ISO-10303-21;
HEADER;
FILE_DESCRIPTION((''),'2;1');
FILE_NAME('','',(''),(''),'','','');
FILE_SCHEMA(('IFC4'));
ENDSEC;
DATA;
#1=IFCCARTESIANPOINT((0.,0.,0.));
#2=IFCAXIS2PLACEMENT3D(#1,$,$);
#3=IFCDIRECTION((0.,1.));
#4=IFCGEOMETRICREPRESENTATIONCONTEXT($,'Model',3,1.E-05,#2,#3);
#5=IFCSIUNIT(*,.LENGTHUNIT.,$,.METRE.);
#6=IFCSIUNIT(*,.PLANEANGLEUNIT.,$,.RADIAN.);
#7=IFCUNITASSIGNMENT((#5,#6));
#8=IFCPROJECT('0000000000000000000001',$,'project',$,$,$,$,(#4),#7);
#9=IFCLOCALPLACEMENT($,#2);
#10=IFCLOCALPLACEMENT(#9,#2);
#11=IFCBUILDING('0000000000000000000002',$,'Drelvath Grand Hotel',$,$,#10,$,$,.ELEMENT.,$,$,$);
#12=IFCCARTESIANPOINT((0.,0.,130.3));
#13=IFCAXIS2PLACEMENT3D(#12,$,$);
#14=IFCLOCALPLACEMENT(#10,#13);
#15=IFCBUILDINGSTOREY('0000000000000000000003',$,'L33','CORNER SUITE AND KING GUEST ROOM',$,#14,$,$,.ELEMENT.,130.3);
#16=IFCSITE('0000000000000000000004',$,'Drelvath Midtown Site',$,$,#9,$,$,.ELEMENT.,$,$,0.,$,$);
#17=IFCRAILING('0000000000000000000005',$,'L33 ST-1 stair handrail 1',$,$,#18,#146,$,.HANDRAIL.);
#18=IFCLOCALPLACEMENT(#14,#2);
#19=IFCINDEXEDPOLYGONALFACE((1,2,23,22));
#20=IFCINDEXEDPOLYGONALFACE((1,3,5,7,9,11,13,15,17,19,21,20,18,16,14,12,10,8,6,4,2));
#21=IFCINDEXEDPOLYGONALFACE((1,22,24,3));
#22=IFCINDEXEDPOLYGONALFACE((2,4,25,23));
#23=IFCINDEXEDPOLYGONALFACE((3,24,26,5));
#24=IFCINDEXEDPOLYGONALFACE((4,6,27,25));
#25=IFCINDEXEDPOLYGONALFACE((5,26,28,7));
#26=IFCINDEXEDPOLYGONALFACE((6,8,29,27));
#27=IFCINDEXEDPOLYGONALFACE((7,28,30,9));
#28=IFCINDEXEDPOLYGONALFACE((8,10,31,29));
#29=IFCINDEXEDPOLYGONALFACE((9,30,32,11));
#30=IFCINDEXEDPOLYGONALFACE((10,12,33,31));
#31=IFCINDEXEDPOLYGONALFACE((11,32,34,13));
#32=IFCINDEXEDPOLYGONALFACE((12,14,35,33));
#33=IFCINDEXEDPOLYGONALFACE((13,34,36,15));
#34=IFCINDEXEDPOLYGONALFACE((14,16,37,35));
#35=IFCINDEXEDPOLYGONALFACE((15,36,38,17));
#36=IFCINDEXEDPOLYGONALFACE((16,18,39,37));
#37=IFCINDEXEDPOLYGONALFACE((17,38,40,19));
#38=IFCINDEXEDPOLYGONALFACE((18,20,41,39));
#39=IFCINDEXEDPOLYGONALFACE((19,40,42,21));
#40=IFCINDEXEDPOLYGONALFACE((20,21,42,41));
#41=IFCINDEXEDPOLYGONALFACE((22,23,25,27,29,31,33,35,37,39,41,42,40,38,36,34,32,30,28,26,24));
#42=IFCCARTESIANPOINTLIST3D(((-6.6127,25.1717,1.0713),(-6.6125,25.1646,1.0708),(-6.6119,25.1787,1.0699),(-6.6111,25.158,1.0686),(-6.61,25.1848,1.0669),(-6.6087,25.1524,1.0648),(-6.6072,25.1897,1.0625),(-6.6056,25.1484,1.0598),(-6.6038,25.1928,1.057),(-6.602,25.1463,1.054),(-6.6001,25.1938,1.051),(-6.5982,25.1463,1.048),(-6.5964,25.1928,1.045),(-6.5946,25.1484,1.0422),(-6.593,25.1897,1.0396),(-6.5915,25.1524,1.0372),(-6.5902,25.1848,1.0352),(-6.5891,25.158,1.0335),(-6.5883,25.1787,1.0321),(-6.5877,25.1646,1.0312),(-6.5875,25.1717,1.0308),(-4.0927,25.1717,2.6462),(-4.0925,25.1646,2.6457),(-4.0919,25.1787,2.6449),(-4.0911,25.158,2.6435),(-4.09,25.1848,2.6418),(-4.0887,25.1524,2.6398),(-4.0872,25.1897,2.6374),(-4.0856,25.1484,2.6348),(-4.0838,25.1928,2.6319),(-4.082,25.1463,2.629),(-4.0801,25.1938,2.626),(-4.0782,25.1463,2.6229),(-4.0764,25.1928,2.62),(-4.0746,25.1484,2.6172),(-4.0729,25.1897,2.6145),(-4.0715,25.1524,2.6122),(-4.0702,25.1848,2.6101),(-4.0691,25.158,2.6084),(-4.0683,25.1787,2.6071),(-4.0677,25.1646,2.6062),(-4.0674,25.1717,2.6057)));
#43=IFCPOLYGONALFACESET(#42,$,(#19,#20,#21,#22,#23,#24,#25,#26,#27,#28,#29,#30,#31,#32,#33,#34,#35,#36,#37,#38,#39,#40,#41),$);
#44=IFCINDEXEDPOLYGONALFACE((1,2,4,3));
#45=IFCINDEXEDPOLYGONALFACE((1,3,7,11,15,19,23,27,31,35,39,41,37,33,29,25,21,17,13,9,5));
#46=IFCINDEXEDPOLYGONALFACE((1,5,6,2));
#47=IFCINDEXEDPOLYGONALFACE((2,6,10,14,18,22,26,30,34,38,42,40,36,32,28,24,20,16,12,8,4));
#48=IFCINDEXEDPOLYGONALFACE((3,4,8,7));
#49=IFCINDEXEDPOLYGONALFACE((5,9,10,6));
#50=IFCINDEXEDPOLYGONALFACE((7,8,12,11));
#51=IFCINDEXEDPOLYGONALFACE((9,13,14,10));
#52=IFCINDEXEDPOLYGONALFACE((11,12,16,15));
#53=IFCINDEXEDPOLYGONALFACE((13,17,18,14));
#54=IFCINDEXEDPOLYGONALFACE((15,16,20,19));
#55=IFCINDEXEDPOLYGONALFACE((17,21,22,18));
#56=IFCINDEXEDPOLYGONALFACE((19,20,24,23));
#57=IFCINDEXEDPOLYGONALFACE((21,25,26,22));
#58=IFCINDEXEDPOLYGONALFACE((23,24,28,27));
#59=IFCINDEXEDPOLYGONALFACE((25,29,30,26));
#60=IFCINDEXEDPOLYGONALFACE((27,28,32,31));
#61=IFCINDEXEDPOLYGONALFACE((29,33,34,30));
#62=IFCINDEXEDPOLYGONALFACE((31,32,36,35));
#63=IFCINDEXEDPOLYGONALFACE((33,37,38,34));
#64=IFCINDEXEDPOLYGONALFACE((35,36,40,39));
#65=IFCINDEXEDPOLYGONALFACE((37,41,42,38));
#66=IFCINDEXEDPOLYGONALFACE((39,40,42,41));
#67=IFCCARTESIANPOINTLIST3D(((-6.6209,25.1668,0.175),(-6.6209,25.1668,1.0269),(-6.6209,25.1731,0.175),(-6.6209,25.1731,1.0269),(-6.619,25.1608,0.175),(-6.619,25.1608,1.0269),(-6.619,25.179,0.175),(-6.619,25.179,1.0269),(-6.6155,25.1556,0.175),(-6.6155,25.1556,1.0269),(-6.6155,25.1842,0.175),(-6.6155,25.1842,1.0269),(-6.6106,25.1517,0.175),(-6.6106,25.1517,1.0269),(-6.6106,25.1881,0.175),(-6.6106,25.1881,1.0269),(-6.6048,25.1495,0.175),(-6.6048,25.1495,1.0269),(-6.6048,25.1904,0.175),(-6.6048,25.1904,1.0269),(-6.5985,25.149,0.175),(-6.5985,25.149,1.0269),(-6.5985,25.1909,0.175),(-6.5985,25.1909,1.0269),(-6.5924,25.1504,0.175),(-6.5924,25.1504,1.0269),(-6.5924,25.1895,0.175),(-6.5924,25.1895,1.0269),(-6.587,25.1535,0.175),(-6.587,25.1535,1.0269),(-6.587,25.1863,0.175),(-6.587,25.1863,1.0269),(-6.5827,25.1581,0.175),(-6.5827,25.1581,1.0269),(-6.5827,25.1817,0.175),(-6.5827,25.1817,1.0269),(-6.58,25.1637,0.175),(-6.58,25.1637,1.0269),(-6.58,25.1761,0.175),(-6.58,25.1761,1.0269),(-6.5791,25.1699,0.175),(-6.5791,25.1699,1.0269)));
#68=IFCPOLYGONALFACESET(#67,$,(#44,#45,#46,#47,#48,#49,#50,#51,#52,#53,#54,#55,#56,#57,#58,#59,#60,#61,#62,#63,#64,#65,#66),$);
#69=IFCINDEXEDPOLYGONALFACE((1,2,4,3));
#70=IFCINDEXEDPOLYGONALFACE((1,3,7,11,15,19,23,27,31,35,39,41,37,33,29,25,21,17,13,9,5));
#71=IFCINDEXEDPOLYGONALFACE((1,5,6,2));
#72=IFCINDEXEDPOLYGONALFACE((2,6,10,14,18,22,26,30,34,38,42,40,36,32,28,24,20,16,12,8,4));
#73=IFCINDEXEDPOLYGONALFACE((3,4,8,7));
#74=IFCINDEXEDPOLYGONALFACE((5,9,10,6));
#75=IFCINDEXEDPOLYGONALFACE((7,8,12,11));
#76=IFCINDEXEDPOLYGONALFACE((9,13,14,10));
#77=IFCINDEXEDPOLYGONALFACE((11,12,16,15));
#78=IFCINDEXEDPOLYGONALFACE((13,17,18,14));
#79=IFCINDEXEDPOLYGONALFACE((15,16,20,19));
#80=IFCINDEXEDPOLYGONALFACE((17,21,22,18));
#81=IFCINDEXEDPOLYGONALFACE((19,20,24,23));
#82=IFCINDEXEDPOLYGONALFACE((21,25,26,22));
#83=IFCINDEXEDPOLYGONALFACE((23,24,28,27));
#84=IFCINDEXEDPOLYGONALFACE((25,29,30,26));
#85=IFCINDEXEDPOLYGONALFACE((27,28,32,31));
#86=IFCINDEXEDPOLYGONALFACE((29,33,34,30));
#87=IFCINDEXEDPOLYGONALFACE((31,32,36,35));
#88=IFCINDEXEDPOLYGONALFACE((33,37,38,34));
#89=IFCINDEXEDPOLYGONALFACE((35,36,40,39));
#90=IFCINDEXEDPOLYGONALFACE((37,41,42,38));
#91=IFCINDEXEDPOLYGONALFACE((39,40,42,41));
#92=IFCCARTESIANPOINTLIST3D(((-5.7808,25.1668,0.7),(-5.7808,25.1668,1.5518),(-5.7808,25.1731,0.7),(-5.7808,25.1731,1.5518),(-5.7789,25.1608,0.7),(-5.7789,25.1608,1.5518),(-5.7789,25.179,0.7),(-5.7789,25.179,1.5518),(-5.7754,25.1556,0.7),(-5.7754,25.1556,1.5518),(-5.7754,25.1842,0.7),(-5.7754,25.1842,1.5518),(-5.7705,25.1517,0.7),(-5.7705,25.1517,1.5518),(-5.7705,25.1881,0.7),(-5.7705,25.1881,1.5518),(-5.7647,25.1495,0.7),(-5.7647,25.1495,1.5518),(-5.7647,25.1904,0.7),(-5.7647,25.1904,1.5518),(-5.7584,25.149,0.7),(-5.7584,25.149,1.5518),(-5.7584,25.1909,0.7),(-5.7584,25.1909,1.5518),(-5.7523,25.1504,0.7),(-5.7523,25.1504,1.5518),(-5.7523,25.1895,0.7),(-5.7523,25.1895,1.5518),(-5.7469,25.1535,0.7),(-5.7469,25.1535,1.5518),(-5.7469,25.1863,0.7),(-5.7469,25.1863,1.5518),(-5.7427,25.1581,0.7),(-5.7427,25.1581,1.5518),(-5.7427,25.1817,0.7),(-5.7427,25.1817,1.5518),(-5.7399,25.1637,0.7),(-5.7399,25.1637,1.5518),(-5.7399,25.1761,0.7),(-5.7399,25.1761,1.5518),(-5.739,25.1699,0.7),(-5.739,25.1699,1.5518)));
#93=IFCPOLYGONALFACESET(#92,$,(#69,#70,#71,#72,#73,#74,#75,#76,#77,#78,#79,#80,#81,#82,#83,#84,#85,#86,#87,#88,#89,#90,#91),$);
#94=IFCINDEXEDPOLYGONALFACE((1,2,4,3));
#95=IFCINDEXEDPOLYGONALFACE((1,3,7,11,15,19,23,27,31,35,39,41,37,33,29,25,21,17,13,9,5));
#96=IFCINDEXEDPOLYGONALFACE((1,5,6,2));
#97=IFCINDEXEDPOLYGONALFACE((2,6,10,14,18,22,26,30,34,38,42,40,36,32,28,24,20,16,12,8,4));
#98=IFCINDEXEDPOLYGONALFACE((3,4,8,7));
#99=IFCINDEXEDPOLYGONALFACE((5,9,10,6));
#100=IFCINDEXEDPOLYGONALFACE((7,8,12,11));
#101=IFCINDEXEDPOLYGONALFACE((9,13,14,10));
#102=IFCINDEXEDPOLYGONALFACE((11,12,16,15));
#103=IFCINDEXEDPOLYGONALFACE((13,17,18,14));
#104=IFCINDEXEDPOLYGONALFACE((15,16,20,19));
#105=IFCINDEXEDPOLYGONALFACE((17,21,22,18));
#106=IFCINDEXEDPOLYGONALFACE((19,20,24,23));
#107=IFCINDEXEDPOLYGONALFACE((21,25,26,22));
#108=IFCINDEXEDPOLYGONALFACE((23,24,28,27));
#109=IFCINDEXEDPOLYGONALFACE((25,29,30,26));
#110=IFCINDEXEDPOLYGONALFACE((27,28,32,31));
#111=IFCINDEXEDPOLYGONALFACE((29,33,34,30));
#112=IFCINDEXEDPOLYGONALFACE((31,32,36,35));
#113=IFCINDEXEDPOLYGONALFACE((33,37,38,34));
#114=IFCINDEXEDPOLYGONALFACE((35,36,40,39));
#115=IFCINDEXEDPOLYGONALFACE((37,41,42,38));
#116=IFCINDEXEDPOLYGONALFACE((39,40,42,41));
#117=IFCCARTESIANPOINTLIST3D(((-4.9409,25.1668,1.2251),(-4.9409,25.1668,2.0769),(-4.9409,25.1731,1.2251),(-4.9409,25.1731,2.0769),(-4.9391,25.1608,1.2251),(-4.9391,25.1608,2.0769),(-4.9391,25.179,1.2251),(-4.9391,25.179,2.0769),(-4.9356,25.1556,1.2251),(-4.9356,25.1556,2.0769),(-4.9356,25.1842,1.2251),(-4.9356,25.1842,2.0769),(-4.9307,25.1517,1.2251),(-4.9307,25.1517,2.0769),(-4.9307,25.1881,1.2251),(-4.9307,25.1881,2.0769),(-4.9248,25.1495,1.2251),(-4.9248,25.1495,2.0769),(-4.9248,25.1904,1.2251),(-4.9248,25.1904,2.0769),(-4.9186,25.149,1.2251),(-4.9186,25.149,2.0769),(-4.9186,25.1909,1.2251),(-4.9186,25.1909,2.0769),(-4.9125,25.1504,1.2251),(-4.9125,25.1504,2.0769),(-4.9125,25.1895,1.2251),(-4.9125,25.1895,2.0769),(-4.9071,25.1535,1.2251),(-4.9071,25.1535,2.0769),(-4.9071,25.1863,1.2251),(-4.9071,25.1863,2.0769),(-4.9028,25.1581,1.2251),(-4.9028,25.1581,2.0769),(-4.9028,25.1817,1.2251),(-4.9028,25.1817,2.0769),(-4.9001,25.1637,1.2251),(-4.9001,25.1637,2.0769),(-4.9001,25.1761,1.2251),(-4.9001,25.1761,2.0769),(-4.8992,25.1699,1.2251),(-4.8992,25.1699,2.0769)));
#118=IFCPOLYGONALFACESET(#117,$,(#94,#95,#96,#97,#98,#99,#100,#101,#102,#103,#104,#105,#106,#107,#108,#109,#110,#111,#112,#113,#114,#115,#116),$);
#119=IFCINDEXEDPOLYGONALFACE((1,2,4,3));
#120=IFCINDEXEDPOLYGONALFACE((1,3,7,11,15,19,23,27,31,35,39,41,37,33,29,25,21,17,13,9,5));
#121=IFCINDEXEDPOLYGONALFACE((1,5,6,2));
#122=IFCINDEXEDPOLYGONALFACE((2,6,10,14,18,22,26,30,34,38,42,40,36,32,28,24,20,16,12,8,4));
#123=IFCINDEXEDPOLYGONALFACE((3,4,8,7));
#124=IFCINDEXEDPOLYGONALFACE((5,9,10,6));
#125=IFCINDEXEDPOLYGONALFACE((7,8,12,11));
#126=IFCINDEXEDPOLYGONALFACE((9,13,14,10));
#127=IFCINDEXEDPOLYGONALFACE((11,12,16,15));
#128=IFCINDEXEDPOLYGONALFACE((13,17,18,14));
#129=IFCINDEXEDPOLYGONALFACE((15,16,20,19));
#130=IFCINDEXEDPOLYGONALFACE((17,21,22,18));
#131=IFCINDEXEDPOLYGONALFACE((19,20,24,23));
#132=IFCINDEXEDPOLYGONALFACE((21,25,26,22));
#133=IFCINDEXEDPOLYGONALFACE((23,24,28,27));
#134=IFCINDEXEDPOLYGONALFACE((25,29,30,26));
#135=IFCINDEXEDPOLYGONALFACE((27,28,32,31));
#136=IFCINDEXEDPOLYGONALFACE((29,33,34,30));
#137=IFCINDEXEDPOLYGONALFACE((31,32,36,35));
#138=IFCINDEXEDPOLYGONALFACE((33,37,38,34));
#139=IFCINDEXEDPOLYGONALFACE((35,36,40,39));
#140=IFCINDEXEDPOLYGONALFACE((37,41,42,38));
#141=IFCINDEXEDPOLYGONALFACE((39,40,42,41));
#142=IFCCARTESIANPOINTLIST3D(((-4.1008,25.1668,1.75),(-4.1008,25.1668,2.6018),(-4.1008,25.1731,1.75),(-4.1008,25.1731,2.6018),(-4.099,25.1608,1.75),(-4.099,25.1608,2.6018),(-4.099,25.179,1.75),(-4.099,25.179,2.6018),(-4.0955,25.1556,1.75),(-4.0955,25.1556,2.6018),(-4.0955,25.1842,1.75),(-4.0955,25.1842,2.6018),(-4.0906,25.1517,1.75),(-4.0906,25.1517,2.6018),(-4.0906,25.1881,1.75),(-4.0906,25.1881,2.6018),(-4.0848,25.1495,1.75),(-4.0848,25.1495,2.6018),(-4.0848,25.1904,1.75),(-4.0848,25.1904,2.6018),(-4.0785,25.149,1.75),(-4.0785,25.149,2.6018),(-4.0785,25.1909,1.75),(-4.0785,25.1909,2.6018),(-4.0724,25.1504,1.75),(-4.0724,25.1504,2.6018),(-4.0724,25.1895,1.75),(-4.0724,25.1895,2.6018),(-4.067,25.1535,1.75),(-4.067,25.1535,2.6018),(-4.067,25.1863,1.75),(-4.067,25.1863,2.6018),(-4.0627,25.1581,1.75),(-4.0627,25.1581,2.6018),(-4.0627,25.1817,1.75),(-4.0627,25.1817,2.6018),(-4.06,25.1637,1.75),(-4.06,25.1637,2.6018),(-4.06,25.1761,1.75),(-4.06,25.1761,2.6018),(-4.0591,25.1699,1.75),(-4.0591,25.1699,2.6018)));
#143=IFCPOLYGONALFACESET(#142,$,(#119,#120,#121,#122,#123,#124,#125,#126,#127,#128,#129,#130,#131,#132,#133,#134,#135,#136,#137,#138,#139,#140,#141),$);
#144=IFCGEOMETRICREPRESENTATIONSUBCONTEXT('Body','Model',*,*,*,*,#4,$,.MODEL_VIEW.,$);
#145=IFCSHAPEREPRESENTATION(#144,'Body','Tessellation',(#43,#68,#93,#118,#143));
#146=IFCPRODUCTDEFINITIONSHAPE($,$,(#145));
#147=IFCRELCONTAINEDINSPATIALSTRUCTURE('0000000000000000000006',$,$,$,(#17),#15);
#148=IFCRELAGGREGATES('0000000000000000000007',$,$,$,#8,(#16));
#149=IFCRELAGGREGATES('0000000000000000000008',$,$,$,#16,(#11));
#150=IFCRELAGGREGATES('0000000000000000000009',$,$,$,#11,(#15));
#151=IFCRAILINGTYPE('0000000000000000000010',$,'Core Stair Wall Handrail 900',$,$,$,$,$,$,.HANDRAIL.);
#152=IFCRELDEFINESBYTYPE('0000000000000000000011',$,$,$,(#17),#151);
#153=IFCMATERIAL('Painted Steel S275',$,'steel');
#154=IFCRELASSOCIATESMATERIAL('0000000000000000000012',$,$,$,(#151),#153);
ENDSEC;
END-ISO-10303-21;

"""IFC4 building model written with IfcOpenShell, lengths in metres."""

from ifc_helpers import new_model, si_unit, direction, frame, origin, origin_2d, place, context, subcontext, project, spatial, circle, extrude, material, type_object, element, save


model = new_model("IFC4")

# Units and contexts
model_context = context("Model", 3, precision=1e-05, world=origin(), true_north=direction((0.0, 1.0)))
body_context = subcontext(model_context, "Body", "Model", "MODEL_VIEW")
ifc_project = project(units=[si_unit("LENGTHUNIT", "METRE"), si_unit("PLANEANGLEUNIT", "RADIAN")], contexts=[model_context])

# Site, building, storey
site_placement = place(None, origin())
site = spatial("IfcSite", under=ifc_project, at=site_placement, Name="Drelvath Midtown Site", CompositionType="ELEMENT", RefElevation=0.0)
building_placement = place(site_placement, origin())
building = spatial("IfcBuilding", under=site, at=building_placement, Name="Drelvath Grand Hotel", CompositionType="ELEMENT")
storey_placement = place(building_placement, frame((0.0, 0.0, 130.3)))
storey = spatial("IfcBuildingStorey", under=building, at=storey_placement, Name="L33", Description="CORNER SUITE AND KING GUEST ROOM", CompositionType="ELEMENT", Elevation=130.3)

# Shared definitions
ifc_material_1 = material(Name="Painted Steel S275", Category="steel")

# Railing
railing_type_1 = type_object("IfcRailingType", Name="Core Stair Wall Handrail 900", PredefinedType="HANDRAIL", material=ifc_material_1)
railing_1_placement = place(storey_placement, frame((-6.6001, 25.1699, 0.175)))
element("IfcRailing", 1, at=railing_1_placement, inside=storey, type_object=railing_type_1, Name="L33 ST-1 stair handrail 1", PredefinedType="HANDRAIL", context=body_context, shape_type="SweptSolid", body=[
    extrude(circle(Radius=0.0239, at=origin_2d()), frame((0.0, 0.0, 0.876), z_axis=(0.848008, 0.0, 0.529984), x_axis=(0.0, 1.0, 0.0)), (0.0, 0.0, 1.0), 2.9717),
    extrude(circle(Radius=0.021, at=origin_2d()), origin(), (0.0, 0.0, 1.0), 0.8518),
    extrude(circle(Radius=0.021, at=origin_2d()), frame((0.8401, 0.0, 0.5249)), (0.0, 0.0, 1.0), 0.8518),
    extrude(circle(Radius=0.021, at=origin_2d()), frame((1.6799, 0.0, 1.05)), (0.0, 0.0, 1.0), 0.8518),
    extrude(circle(Radius=0.021, at=origin_2d()), frame((2.52, 0.0, 1.575)), (0.0, 0.0, 1.0), 0.8518),
])

save(model, "model.ifc")
